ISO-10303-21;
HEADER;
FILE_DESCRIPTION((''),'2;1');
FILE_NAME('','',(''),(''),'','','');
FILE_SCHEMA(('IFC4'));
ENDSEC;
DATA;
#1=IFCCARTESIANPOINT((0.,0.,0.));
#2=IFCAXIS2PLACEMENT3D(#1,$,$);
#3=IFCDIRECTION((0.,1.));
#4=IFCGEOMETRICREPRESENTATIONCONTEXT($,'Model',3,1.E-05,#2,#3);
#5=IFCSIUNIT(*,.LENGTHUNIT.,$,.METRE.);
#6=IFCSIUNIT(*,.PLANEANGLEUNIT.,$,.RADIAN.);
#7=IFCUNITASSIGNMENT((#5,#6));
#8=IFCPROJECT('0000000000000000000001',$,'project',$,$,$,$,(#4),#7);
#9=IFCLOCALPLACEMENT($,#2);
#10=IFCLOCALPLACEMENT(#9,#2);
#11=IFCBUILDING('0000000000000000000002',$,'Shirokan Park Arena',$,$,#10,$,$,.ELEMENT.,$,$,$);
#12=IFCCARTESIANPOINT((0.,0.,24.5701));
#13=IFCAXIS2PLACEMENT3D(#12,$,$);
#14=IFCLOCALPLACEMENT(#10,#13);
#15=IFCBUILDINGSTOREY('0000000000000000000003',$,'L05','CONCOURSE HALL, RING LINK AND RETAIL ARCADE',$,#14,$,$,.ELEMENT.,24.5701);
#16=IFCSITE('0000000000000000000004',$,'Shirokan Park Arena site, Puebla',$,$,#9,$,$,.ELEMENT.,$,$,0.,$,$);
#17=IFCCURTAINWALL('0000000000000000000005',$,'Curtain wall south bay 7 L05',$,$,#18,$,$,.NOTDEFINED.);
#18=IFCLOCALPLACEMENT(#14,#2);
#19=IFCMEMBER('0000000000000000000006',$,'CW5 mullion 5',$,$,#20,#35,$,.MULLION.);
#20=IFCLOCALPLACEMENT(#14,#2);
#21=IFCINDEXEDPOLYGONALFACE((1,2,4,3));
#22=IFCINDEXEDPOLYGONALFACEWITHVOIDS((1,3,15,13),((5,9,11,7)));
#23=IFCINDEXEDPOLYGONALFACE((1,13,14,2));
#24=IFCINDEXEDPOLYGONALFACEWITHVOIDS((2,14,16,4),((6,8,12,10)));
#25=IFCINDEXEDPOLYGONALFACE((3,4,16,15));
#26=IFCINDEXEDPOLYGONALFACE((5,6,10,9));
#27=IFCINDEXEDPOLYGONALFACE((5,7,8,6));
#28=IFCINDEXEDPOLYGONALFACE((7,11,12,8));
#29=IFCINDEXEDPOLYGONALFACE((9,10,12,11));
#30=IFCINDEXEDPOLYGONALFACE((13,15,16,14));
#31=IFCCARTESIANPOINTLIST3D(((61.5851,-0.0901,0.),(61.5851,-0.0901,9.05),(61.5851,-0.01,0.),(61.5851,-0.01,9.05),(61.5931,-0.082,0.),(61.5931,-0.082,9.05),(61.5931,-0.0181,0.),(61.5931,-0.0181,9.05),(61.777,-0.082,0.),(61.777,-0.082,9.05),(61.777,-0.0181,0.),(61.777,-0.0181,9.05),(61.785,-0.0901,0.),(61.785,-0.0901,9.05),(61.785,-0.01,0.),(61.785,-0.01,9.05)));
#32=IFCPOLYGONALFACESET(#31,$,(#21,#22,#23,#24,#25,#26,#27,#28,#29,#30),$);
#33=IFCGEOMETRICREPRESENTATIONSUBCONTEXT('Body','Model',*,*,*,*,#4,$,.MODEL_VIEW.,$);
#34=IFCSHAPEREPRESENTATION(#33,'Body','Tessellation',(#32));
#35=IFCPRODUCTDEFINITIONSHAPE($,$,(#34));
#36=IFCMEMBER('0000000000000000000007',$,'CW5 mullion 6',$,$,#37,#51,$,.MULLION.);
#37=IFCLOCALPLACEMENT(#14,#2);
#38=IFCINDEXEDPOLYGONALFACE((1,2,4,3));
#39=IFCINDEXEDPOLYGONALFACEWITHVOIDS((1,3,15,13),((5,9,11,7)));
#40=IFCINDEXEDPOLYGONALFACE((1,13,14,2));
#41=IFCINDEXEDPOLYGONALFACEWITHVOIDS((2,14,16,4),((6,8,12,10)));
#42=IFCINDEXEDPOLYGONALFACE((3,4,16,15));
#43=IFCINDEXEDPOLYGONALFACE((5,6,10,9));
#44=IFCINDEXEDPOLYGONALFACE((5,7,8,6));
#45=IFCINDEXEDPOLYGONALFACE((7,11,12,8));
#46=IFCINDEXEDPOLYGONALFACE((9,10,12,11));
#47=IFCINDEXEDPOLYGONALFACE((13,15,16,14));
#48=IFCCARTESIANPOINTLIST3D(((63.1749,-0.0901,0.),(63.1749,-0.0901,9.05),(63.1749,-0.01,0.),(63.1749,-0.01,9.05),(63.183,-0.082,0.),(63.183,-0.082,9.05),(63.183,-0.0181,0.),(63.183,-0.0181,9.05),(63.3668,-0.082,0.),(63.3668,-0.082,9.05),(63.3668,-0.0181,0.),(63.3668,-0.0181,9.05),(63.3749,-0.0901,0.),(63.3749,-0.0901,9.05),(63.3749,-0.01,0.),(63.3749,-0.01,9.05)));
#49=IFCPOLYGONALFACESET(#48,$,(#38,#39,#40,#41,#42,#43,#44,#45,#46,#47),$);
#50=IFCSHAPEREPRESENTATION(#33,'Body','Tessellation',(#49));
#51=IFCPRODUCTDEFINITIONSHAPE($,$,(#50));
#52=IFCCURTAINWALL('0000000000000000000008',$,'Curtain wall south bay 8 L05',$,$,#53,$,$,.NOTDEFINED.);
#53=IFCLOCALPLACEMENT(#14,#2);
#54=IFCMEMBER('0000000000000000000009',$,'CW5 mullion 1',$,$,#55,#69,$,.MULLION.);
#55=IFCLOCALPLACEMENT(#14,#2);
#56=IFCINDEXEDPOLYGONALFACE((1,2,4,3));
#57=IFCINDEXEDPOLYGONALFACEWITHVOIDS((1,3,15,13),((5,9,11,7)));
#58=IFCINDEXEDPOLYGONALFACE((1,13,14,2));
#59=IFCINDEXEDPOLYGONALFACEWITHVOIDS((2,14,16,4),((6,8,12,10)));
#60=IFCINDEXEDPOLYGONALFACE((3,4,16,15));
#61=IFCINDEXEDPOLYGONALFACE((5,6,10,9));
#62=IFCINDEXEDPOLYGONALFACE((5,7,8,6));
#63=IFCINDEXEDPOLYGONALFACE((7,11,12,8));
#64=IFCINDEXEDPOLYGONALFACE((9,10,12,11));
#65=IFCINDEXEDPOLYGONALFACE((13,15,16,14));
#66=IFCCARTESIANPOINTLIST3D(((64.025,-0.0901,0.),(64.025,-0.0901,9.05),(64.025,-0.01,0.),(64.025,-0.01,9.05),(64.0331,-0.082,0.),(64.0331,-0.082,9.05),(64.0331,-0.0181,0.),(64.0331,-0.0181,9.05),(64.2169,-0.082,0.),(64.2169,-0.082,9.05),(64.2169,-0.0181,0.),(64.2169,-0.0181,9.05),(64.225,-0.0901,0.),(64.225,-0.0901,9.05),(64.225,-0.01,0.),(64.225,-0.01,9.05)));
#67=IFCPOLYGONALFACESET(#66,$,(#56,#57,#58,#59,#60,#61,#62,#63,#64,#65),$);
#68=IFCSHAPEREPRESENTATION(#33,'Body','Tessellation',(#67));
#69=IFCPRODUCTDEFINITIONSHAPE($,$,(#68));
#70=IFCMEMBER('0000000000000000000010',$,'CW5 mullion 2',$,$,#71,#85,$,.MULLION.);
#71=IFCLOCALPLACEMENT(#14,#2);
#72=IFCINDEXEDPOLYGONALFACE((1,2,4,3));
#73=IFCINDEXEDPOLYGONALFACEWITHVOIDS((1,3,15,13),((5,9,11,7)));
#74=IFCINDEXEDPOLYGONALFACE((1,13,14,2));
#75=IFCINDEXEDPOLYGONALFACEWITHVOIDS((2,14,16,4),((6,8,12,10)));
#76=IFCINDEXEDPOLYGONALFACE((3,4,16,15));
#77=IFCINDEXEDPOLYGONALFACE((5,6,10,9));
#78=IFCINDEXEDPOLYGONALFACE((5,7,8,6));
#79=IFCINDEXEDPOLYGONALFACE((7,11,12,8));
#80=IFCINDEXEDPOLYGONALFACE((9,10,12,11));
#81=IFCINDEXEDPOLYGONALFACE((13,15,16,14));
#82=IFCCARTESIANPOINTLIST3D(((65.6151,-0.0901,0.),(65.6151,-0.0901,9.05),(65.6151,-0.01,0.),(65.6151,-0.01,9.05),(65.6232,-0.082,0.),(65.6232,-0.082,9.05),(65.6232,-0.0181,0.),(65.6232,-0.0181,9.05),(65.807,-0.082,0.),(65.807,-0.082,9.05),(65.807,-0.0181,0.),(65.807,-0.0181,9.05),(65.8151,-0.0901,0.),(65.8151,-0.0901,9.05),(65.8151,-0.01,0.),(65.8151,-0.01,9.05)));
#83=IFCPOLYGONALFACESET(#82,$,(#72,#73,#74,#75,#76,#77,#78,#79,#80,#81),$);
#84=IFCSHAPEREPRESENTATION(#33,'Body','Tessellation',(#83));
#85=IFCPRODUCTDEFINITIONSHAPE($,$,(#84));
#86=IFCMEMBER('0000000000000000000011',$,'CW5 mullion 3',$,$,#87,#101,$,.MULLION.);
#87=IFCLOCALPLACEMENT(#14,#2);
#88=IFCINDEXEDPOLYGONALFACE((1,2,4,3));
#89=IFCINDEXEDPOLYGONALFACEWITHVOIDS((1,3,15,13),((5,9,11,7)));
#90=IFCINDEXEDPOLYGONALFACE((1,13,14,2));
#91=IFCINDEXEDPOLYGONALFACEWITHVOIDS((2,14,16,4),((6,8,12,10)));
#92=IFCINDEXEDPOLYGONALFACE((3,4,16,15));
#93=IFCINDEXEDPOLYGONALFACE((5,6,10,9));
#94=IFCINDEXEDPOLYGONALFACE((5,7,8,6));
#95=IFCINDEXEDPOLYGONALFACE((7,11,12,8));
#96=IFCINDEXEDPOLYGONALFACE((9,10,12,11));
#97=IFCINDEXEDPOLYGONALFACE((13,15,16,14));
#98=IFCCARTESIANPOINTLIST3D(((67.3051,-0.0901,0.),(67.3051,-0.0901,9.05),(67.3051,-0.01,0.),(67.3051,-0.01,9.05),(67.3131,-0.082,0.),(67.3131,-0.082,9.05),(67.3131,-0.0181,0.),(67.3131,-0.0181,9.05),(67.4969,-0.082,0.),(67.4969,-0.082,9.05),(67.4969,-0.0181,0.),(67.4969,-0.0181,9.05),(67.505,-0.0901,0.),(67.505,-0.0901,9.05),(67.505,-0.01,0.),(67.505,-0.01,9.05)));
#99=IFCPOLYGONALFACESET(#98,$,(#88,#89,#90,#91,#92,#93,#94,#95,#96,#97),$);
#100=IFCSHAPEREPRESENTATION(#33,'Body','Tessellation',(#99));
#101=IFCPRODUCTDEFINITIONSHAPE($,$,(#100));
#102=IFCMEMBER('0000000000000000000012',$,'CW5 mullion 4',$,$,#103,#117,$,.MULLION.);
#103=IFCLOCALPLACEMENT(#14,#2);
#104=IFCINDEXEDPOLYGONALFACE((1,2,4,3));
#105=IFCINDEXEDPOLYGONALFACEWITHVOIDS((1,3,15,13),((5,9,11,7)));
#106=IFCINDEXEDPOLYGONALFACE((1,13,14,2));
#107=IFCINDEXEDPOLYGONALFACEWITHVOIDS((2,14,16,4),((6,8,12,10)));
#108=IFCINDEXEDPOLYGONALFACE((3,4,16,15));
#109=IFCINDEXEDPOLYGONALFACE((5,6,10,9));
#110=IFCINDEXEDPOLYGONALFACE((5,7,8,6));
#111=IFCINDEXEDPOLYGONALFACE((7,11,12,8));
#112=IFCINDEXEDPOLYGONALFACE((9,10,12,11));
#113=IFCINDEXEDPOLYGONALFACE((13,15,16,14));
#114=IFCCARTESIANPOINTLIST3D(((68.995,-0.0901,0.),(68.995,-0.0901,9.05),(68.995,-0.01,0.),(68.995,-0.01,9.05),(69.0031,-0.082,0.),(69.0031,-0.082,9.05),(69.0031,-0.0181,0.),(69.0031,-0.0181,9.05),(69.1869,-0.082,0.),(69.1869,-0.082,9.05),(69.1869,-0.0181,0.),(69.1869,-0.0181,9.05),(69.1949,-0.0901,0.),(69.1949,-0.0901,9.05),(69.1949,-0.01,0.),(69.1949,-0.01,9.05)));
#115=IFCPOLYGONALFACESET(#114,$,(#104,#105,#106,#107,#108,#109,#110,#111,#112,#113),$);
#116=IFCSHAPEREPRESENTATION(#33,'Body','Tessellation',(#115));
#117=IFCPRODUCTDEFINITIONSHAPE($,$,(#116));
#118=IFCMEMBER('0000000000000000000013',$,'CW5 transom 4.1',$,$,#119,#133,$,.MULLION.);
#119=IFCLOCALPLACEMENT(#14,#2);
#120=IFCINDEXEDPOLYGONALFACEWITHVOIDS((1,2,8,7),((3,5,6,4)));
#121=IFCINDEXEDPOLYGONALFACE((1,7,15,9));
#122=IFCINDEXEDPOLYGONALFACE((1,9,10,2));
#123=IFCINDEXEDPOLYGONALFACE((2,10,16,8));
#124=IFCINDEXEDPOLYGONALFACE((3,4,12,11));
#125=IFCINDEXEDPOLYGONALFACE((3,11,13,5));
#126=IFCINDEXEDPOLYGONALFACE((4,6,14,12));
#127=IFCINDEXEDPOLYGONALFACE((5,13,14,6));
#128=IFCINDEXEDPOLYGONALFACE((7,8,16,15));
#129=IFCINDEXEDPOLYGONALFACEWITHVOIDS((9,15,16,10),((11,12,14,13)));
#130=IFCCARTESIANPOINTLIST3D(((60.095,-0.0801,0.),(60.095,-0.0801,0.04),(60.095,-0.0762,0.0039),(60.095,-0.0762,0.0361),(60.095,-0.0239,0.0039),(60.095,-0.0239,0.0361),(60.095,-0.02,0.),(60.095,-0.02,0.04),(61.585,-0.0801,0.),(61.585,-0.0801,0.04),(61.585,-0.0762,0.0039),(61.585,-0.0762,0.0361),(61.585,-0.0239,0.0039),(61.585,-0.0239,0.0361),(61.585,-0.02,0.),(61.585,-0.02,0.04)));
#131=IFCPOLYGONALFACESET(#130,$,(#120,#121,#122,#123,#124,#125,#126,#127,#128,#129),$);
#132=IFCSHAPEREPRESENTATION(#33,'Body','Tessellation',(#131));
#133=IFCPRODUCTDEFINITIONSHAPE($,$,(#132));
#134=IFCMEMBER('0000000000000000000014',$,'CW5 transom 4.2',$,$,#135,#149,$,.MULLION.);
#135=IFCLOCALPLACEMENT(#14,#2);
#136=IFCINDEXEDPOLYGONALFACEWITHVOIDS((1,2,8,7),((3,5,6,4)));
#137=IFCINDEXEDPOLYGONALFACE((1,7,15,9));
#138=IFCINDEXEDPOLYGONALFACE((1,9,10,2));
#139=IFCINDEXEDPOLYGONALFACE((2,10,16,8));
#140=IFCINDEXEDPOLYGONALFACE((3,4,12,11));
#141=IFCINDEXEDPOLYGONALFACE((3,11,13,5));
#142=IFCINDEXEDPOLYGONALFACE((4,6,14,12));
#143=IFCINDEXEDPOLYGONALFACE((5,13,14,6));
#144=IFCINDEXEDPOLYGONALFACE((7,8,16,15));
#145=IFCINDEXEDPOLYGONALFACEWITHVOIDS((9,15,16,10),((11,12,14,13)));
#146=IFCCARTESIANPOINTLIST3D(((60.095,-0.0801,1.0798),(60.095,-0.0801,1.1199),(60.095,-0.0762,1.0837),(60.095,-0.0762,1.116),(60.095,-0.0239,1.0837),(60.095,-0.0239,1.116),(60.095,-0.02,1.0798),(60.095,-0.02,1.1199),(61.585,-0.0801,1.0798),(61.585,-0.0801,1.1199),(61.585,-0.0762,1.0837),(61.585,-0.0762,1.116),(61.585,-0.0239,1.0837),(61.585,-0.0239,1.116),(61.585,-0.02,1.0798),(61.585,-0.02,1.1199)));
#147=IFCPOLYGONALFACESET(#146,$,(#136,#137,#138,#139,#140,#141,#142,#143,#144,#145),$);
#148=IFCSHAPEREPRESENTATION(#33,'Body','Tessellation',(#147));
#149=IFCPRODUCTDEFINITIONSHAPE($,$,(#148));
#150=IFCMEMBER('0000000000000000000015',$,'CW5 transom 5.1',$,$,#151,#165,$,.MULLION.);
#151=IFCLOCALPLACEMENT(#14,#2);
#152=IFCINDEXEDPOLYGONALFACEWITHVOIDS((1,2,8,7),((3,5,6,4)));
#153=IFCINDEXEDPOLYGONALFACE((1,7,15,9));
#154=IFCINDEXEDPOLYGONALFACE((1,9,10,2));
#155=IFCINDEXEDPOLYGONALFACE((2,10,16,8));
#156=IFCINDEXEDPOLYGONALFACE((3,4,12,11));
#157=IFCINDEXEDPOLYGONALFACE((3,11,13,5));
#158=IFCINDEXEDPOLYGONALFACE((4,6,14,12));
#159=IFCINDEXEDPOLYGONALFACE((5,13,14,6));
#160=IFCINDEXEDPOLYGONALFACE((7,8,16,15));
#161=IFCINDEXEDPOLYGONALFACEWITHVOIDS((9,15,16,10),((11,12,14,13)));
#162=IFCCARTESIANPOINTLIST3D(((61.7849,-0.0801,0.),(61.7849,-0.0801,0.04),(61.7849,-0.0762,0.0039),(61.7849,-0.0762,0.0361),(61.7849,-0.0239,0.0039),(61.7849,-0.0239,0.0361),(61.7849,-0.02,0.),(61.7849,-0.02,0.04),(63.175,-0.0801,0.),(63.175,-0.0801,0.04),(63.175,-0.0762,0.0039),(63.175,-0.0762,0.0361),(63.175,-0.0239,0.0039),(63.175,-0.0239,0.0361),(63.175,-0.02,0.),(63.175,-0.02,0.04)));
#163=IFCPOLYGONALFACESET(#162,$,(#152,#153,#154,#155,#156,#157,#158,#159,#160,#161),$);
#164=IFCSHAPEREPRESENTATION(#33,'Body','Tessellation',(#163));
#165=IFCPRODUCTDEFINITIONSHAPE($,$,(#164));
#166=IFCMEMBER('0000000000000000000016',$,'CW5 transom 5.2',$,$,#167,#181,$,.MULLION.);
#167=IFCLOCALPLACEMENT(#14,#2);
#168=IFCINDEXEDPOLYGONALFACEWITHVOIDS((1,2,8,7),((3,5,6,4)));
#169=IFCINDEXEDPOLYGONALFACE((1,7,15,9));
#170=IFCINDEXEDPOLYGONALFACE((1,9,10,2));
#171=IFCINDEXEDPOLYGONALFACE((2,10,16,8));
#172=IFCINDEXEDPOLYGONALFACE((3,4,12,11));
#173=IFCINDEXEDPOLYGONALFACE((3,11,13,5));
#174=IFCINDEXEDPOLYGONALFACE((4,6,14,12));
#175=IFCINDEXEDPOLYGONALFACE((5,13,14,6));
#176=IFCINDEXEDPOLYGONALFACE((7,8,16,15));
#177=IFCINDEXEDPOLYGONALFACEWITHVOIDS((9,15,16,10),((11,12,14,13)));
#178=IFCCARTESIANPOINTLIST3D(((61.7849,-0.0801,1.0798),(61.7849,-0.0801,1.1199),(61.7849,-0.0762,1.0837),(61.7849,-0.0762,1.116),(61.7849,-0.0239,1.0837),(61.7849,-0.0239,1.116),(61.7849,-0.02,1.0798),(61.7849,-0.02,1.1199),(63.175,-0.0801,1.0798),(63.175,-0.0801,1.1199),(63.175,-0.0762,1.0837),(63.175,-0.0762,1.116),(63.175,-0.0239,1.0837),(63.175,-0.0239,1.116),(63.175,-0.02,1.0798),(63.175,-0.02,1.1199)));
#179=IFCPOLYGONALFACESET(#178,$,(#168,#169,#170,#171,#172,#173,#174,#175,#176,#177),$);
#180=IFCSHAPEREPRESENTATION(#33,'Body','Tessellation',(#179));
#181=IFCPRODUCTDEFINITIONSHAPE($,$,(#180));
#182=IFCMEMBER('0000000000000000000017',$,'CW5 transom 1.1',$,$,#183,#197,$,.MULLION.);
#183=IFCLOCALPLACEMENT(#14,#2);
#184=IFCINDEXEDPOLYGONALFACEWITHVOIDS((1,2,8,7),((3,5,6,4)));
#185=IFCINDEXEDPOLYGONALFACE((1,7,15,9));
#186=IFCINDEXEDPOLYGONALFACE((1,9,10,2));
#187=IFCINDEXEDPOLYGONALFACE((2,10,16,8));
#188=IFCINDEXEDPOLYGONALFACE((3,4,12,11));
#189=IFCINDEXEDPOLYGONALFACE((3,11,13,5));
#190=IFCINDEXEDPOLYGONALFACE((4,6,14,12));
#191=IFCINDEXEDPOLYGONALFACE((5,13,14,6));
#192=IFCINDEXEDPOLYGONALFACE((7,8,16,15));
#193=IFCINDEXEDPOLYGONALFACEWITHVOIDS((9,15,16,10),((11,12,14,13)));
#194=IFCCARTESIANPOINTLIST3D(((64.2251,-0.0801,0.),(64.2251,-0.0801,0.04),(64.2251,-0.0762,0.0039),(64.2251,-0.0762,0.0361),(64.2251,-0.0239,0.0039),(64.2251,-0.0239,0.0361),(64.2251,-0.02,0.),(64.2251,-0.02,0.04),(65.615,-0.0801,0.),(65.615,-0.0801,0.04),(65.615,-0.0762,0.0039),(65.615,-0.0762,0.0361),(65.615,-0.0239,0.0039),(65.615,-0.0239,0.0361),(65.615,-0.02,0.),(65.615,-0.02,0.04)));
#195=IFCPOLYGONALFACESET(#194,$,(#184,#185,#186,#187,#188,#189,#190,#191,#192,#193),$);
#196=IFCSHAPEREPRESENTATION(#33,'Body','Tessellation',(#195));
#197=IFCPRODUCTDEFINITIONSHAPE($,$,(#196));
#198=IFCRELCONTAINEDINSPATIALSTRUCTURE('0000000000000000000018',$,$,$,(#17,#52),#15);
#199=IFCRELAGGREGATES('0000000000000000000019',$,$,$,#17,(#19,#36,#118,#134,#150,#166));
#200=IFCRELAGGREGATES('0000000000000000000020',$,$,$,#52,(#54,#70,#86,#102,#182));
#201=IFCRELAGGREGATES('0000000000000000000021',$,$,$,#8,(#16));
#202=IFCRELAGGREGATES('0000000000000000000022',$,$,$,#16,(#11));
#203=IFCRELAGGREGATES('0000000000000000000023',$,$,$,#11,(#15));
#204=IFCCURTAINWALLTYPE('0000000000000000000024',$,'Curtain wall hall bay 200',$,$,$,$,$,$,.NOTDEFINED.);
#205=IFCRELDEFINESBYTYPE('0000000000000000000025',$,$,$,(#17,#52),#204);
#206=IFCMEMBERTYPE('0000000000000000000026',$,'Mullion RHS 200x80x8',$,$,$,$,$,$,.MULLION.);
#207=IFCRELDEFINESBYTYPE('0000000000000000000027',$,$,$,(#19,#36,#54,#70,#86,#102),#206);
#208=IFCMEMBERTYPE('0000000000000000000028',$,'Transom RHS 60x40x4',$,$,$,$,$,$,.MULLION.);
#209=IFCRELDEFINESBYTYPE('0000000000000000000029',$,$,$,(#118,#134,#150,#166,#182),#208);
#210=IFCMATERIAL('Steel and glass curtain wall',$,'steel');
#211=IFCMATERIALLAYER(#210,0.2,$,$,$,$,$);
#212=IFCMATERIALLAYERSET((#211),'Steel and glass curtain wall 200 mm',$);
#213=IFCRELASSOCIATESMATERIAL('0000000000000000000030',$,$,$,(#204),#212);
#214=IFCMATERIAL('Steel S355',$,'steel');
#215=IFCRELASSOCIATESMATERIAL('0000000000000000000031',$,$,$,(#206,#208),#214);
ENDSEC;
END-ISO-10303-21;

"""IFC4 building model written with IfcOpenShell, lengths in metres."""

from ifc_helpers import new_model, si_unit, direction, frame, origin, origin_2d, place, context, subcontext, project, spatial, hollow_rectangle, extrude, material, layer, layer_set, material_profile, profile_set, type_object, element, aggregate, save


model = new_model("IFC4")

# Units and contexts
model_context = context("Model", 3, precision=1e-05, world=origin(), true_north=direction((0.0, 1.0)))
body_context = subcontext(model_context, "Body", "Model", "MODEL_VIEW")
ifc_project = project(units=[si_unit("LENGTHUNIT", "METRE"), si_unit("PLANEANGLEUNIT", "RADIAN")], contexts=[model_context])

# Site, building, storey
site_placement = place(None, origin())
site = spatial("IfcSite", under=ifc_project, at=site_placement, Name="Shirokan Park Arena site, Puebla", CompositionType="ELEMENT", RefElevation=0.0)
building_placement = place(site_placement, origin())
building = spatial("IfcBuilding", under=site, at=building_placement, Name="Shirokan Park Arena", CompositionType="ELEMENT")
storey_placement = place(building_placement, frame((0.0, 0.0, 24.5701)))
storey = spatial("IfcBuildingStorey", under=building, at=storey_placement, Name="L05", Description="CONCOURSE HALL, RING LINK AND RETAIL ARCADE", CompositionType="ELEMENT", Elevation=24.5701)

# Curtain walls, members
ifc_material_1 = material(Name="Steel and glass curtain wall", Category="steel")
ifc_layer_1 = layer(ifc_material_1, 0.2)
ifc_layer_set_1 = layer_set([ifc_layer_1], Name="Steel and glass curtain wall 200 mm")
curtain_wall_type = type_object("IfcCurtainWallType", Name="Curtain wall hall bay 200", PredefinedType="NOTDEFINED", material=ifc_layer_set_1)
curtain_wall_1_placement = place(storey_placement, origin())
curtain_wall_1 = element("IfcCurtainWall", 1, at=curtain_wall_1_placement, inside=storey, type_object=curtain_wall_type, Name="Curtain wall south bay 7 L05", PredefinedType="NOTDEFINED")
ifc_material_2 = material(Name="Steel S355", Category="steel")
ifc_material_profile_1 = material_profile(ifc_material_2, hollow_rectangle(XDim=0.0801, YDim=0.2, WallThickness=0.0081, at=origin_2d()), Name="RHS 200x80x8")
ifc_profile_set_1 = profile_set([ifc_material_profile_1], Name="Steel S355")
member_type_1 = type_object("IfcMemberType", Name="Mullion RHS 200x80x8", PredefinedType="MULLION", material=ifc_profile_set_1)
member_1_placement = place(storey_placement, frame((61.6851, -0.05, 0.0), z_axis=(0.0, 0.0, 1.0), x_axis=(0.0, 1.0, 0.0)))
member_1 = element("IfcMember", 2, at=member_1_placement, type_object=member_type_1, Name="CW5 mullion 5", PredefinedType="MULLION", context=body_context, shape_type="SweptSolid", body=[
    extrude(hollow_rectangle(XDim=0.0801, YDim=0.2, WallThickness=0.0081, at=origin_2d()), origin(), (0.0, 0.0, 1.0), 9.05),
])
member_2_placement = place(storey_placement, frame((63.2749, -0.05, 0.0), z_axis=(0.0, 0.0, 1.0), x_axis=(0.0, 1.0, 0.0)))
member_2 = element("IfcMember", 3, at=member_2_placement, type_object=member_type_1, Name="CW5 mullion 6", PredefinedType="MULLION", context=body_context, shape_type="SweptSolid", body=[
    extrude(hollow_rectangle(XDim=0.0801, YDim=0.2, WallThickness=0.0081, at=origin_2d()), origin(), (0.0, 0.0, 1.0), 9.05),
])
curtain_wall_2_placement = place(storey_placement, origin())
curtain_wall_2 = element("IfcCurtainWall", 4, at=curtain_wall_2_placement, inside=storey, type_object=curtain_wall_type, Name="Curtain wall south bay 8 L05", PredefinedType="NOTDEFINED")
member_3_placement = place(storey_placement, frame((64.125, -0.05, 0.0), z_axis=(0.0, 0.0, 1.0), x_axis=(0.0, 1.0, 0.0)))
member_3 = element("IfcMember", 5, at=member_3_placement, type_object=member_type_1, Name="CW5 mullion 1", PredefinedType="MULLION", context=body_context, shape_type="SweptSolid", body=[
    extrude(hollow_rectangle(XDim=0.0801, YDim=0.2, WallThickness=0.0081, at=origin_2d()), origin(), (0.0, 0.0, 1.0), 9.05),
])
member_4_placement = place(storey_placement, frame((65.7151, -0.05, 0.0), z_axis=(0.0, 0.0, 1.0), x_axis=(0.0, 1.0, 0.0)))
member_4 = element("IfcMember", 6, at=member_4_placement, type_object=member_type_1, Name="CW5 mullion 2", PredefinedType="MULLION", context=body_context, shape_type="SweptSolid", body=[
    extrude(hollow_rectangle(XDim=0.0801, YDim=0.2, WallThickness=0.0081, at=origin_2d()), origin(), (0.0, 0.0, 1.0), 9.05),
])
member_5_placement = place(storey_placement, frame((67.405, -0.05, 0.0), z_axis=(0.0, 0.0, 1.0), x_axis=(0.0, 1.0, 0.0)))
member_5 = element("IfcMember", 7, at=member_5_placement, type_object=member_type_1, Name="CW5 mullion 3", PredefinedType="MULLION", context=body_context, shape_type="SweptSolid", body=[
    extrude(hollow_rectangle(XDim=0.0801, YDim=0.2, WallThickness=0.0081, at=origin_2d()), origin(), (0.0, 0.0, 1.0), 9.05),
])
member_6_placement = place(storey_placement, frame((69.095, -0.05, 0.0), z_axis=(0.0, 0.0, 1.0), x_axis=(0.0, 1.0, 0.0)))
member_6 = element("IfcMember", 8, at=member_6_placement, type_object=member_type_1, Name="CW5 mullion 4", PredefinedType="MULLION", context=body_context, shape_type="SweptSolid", body=[
    extrude(hollow_rectangle(XDim=0.0801, YDim=0.2, WallThickness=0.0081, at=origin_2d()), origin(), (0.0, 0.0, 1.0), 9.05),
])

# Members
ifc_material_profile_2 = material_profile(ifc_material_2, hollow_rectangle(XDim=0.0601, YDim=0.04, WallThickness=0.0039, at=origin_2d()), Name="RHS 60x40x4")
ifc_profile_set_2 = profile_set([ifc_material_profile_2], Name="Steel S355")
member_type_2 = type_object("IfcMemberType", Name="Transom RHS 60x40x4", PredefinedType="MULLION", material=ifc_profile_set_2)
member_7_placement = place(storey_placement, frame((60.095, -0.05, 0.02), z_axis=(1.0, 0.0, 0.0), x_axis=(0.0, 1.0, 0.0)))
member_7 = element("IfcMember", 9, at=member_7_placement, type_object=member_type_2, Name="CW5 transom 4.1", PredefinedType="MULLION", context=body_context, shape_type="SweptSolid", body=[
    extrude(hollow_rectangle(XDim=0.0601, YDim=0.04, WallThickness=0.0039, at=origin_2d()), origin(), (0.0, 0.0, 1.0), 1.49),
])
member_8_placement = place(storey_placement, frame((60.095, -0.05, 1.0999), z_axis=(1.0, 0.0, 0.0), x_axis=(0.0, 1.0, 0.0)))
member_8 = element("IfcMember", 10, at=member_8_placement, type_object=member_type_2, Name="CW5 transom 4.2", PredefinedType="MULLION", context=body_context, shape_type="SweptSolid", body=[
    extrude(hollow_rectangle(XDim=0.0601, YDim=0.04, WallThickness=0.0039, at=origin_2d()), origin(), (0.0, 0.0, 1.0), 1.49),
])
member_9_placement = place(storey_placement, frame((61.7849, -0.05, 0.02), z_axis=(1.0, 0.0, 0.0), x_axis=(0.0, 1.0, 0.0)))
member_9 = element("IfcMember", 11, at=member_9_placement, type_object=member_type_2, Name="CW5 transom 5.1", PredefinedType="MULLION", context=body_context, shape_type="SweptSolid", body=[
    extrude(hollow_rectangle(XDim=0.0601, YDim=0.04, WallThickness=0.0039, at=origin_2d()), origin(), (0.0, 0.0, 1.0), 1.3901),
])
member_10_placement = place(storey_placement, frame((61.7849, -0.05, 1.0999), z_axis=(1.0, 0.0, 0.0), x_axis=(0.0, 1.0, 0.0)))
member_10 = element("IfcMember", 12, at=member_10_placement, type_object=member_type_2, Name="CW5 transom 5.2", PredefinedType="MULLION", context=body_context, shape_type="SweptSolid", body=[
    extrude(hollow_rectangle(XDim=0.0601, YDim=0.04, WallThickness=0.0039, at=origin_2d()), origin(), (0.0, 0.0, 1.0), 1.3901),
])
member_11_placement = place(storey_placement, frame((64.2251, -0.05, 0.02), z_axis=(1.0, 0.0, 0.0), x_axis=(0.0, 1.0, 0.0)))
member_11 = element("IfcMember", 13, at=member_11_placement, type_object=member_type_2, Name="CW5 transom 1.1", PredefinedType="MULLION", context=body_context, shape_type="SweptSolid", body=[
    extrude(hollow_rectangle(XDim=0.0601, YDim=0.04, WallThickness=0.0039, at=origin_2d()), origin(), (0.0, 0.0, 1.0), 1.3899),
])

aggregate(curtain_wall_1, [member_1, member_2, member_7, member_8, member_9, member_10])
aggregate(curtain_wall_2, [member_3, member_4, member_5, member_6, member_11])

save(model, "model.ifc")
